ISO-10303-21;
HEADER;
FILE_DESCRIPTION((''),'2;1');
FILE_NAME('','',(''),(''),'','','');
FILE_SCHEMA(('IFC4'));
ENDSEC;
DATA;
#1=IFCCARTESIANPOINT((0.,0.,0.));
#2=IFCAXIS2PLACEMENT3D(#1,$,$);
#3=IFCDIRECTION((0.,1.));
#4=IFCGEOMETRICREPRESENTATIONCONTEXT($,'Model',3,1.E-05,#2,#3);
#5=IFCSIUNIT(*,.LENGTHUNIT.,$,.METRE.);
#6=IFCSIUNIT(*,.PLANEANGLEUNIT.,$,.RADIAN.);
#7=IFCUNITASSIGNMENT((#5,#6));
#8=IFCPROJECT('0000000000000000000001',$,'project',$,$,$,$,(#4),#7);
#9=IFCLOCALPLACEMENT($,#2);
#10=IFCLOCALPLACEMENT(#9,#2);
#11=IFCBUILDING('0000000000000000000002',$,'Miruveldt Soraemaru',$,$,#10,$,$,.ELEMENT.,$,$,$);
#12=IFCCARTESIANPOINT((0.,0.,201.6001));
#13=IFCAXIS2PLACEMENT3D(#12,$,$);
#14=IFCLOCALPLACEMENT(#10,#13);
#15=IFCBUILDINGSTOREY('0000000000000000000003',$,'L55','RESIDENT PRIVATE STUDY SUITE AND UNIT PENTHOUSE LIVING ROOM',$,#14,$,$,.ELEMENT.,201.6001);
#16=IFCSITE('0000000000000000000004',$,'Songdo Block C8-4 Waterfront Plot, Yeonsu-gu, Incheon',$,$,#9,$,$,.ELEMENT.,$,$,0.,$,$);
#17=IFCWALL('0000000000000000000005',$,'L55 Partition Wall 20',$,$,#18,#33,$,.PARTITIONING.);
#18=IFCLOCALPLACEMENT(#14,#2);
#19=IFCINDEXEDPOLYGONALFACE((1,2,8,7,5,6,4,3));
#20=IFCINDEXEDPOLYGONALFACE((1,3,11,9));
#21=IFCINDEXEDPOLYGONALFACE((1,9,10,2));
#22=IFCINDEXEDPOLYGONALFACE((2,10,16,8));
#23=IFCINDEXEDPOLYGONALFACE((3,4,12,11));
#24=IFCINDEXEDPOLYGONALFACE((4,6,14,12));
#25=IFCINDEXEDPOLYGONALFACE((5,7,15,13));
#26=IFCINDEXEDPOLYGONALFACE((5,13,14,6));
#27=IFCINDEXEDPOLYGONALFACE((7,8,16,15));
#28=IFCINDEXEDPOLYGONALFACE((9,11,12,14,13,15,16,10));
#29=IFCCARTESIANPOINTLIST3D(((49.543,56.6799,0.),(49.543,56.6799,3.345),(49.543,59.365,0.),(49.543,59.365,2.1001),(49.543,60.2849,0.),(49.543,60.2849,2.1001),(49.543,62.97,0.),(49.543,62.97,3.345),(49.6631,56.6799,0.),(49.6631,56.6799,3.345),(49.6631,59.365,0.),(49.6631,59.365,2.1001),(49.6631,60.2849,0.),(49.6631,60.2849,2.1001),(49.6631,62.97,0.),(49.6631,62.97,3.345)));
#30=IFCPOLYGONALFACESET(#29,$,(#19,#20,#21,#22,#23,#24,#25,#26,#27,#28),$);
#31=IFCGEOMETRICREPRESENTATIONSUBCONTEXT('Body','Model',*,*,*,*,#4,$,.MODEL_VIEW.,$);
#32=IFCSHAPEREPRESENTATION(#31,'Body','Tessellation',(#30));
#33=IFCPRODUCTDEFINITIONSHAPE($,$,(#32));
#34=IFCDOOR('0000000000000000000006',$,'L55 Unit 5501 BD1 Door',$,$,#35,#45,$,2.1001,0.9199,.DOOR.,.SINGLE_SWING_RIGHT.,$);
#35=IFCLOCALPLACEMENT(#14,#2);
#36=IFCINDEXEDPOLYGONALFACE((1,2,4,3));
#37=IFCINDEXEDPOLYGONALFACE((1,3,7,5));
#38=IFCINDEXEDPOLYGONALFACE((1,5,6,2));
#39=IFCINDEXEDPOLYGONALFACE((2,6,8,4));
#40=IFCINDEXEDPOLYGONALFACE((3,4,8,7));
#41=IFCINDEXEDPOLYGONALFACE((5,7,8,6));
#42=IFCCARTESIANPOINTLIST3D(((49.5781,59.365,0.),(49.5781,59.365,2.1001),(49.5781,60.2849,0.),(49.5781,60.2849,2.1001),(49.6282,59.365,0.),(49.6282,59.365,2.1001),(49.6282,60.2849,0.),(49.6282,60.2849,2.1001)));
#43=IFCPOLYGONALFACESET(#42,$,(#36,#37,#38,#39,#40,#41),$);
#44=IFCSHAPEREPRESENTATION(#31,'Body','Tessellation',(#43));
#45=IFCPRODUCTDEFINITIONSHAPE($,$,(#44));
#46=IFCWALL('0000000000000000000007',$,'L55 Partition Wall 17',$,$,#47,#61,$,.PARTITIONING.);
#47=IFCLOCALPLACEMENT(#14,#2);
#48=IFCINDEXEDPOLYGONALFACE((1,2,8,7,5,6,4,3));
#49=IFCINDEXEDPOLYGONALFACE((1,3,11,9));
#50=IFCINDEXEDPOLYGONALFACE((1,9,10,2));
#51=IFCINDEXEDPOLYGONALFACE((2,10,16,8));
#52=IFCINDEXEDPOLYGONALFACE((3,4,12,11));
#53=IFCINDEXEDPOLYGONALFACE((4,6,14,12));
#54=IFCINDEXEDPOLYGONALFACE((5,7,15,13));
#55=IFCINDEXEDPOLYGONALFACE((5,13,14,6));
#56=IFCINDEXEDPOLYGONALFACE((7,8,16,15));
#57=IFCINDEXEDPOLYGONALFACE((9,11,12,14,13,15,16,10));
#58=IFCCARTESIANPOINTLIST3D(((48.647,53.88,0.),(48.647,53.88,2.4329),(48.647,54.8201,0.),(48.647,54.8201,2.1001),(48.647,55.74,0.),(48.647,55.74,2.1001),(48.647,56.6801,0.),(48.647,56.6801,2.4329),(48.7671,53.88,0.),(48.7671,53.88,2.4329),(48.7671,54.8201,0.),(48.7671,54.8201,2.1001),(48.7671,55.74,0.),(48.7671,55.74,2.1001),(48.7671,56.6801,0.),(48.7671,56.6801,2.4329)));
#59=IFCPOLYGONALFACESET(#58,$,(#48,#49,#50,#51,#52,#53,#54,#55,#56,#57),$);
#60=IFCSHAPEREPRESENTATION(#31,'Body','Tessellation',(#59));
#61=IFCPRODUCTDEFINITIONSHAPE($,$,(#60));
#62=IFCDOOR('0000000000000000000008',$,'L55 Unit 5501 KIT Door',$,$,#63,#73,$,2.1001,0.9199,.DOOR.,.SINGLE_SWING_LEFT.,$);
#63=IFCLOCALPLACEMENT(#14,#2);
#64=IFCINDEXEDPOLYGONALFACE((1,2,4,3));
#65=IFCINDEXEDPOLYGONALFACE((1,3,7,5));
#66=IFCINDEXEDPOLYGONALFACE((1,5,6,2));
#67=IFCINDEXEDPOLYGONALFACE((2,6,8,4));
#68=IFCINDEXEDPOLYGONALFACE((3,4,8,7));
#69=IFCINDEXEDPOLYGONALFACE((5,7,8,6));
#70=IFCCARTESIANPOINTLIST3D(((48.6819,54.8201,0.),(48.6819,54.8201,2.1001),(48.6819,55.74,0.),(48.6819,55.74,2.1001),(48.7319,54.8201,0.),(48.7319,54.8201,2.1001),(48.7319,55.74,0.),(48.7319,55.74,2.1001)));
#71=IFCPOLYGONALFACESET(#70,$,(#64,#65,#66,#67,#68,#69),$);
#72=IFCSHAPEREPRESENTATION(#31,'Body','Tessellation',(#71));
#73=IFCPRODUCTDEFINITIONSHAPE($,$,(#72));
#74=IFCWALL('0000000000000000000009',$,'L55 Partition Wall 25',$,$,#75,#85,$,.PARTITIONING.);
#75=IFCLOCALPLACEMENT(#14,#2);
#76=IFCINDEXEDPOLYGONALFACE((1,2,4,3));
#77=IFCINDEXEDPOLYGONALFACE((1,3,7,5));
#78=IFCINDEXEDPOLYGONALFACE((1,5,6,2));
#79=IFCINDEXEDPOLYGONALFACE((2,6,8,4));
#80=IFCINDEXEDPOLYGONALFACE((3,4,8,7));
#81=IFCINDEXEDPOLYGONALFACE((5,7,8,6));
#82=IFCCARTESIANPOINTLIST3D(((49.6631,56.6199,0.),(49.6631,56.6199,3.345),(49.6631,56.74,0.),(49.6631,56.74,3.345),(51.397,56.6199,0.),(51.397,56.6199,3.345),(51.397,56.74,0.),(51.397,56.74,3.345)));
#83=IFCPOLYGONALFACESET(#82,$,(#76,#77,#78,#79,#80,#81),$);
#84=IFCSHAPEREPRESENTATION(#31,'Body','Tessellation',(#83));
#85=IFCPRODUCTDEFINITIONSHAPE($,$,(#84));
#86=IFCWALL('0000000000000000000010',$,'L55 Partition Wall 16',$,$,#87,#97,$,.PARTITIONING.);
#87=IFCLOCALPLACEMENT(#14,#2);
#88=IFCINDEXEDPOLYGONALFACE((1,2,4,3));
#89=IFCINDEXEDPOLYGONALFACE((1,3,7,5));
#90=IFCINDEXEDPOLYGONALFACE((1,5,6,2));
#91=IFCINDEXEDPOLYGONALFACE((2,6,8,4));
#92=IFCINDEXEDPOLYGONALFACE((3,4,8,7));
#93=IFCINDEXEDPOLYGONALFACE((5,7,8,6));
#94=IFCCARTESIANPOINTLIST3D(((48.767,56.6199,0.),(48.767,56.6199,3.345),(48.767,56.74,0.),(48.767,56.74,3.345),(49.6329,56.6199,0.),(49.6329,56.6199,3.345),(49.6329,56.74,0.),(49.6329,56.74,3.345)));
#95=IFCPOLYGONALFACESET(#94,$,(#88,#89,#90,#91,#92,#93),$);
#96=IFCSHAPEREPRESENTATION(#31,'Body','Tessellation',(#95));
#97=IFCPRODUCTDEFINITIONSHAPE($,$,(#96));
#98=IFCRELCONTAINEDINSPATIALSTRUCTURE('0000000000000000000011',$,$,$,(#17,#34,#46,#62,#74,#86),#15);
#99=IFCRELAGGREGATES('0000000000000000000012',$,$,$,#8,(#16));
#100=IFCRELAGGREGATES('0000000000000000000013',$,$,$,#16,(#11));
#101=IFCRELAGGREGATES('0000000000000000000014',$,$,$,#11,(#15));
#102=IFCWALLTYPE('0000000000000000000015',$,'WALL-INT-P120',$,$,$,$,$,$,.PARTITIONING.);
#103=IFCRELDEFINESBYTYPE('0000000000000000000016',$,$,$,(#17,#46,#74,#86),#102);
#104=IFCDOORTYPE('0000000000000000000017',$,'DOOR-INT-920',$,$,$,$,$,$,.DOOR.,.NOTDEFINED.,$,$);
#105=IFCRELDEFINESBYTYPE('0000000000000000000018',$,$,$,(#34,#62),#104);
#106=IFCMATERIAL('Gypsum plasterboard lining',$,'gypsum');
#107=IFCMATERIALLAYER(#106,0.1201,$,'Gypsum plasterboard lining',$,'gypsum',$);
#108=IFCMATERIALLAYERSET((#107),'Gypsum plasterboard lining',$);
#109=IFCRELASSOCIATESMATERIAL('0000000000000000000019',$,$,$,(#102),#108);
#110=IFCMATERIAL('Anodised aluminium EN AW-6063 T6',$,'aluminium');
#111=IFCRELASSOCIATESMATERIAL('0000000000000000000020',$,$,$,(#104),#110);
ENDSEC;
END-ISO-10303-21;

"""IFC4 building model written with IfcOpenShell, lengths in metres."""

from ifc_helpers import new_model, si_unit, direction, frame, frame_2d, origin, place, context, subcontext, project, spatial, rectangle, extrude, material, layer, layer_set, type_object, element, fill, save


model = new_model("IFC4")

# Units and contexts
model_context = context("Model", 3, precision=1e-05, world=origin(), true_north=direction((0.0, 1.0)))
body_context = subcontext(model_context, "Body", "Model", "MODEL_VIEW")
ifc_project = project(units=[si_unit("LENGTHUNIT", "METRE"), si_unit("PLANEANGLEUNIT", "RADIAN")], contexts=[model_context])

# Site, building, storey
site_placement = place(None, origin())
site = spatial("IfcSite", under=ifc_project, at=site_placement, Name="Songdo Block C8-4 Waterfront Plot, Yeonsu-gu, Incheon", CompositionType="ELEMENT", RefElevation=0.0)
building_placement = place(site_placement, origin())
building = spatial("IfcBuilding", under=site, at=building_placement, Name="Miruveldt Soraemaru", CompositionType="ELEMENT")
storey_placement = place(building_placement, frame((0.0, 0.0, 201.6001)))
storey = spatial("IfcBuildingStorey", under=building, at=storey_placement, Name="L55", Description="RESIDENT PRIVATE STUDY SUITE AND UNIT PENTHOUSE LIVING ROOM", CompositionType="ELEMENT", Elevation=201.6001)

# Shared definitions
ifc_material_1 = material(Name="Anodised aluminium EN AW-6063 T6", Category="aluminium")

# Walls, openings, doors
ifc_material_2 = material(Name="Gypsum plasterboard lining", Category="gypsum")
ifc_layer_1 = layer(ifc_material_2, 0.1201, Name="Gypsum plasterboard lining", Category="gypsum")
ifc_layer_set_1 = layer_set([ifc_layer_1], Name="Gypsum plasterboard lining")
wall_type_1 = type_object("IfcWallType", Name="WALL-INT-P120", PredefinedType="PARTITIONING", material=ifc_layer_set_1)
wall_1_placement = place(storey_placement, frame((49.603, 56.6799, 0.0), z_axis=(0.0, 0.0, 1.0), x_axis=(0.0, 1.0, 0.0)))
wall_1 = element("IfcWall", 1, at=wall_1_placement, inside=storey, type_object=wall_type_1, Name="L55 Partition Wall 20", PredefinedType="PARTITIONING", context=body_context, shape_type="SweptSolid", body=[
    extrude(rectangle(XDim=6.29, YDim=0.1201, at=frame_2d((3.145, 0.0))), origin(), (0.0, 0.0, 1.0), 3.345),
])
opening_1_placement = place(wall_1_placement, frame((2.6851, 0.0, 0.0)))
opening_1 = element("IfcOpeningElement", 2, at=opening_1_placement, cuts=wall_1, PredefinedType="OPENING", context=body_context, shape_type="SweptSolid", body=[
    extrude(rectangle(XDim=0.9199, YDim=2.1001, at=frame_2d((0.46, 1.05))), frame((0.0, 0.0701, 0.0), z_axis=(0.0, -1.0, 0.0), x_axis=(1.0, 0.0, 0.0)), (0.0, 0.0, 1.0), 0.1401),
])
door_type = type_object("IfcDoorType", Name="DOOR-INT-920", OperationType="NOTDEFINED", PredefinedType="DOOR", material=ifc_material_1)
door_1_placement = place(opening_1_placement, origin())
door_1 = element("IfcDoor", 3, at=door_1_placement, inside=storey, type_object=door_type, Name="L55 Unit 5501 BD1 Door", OperationType="SINGLE_SWING_RIGHT", OverallHeight=2.1001, OverallWidth=0.9199, PredefinedType="DOOR", context=body_context, shape_type="SweptSolid", body=[
    extrude(rectangle(XDim=0.9199, YDim=2.1001, at=frame_2d((0.46, 1.05))), frame((0.0, 0.0249, 0.0), z_axis=(0.0, -1.0, 0.0), x_axis=(1.0, 0.0, 0.0)), (0.0, 0.0, 1.0), 0.05),
])
fill(opening_1, door_1)
wall_2_placement = place(storey_placement, frame((48.707, 56.6799, 0.0), z_axis=(0.0, 0.0, 1.0), x_axis=(0.0, -1.0, 0.0)))
wall_2 = element("IfcWall", 4, at=wall_2_placement, inside=storey, type_object=wall_type_1, Name="L55 Partition Wall 17", PredefinedType="PARTITIONING", context=body_context, shape_type="SweptSolid", body=[
    extrude(rectangle(XDim=2.8, YDim=0.1201, at=frame_2d((1.3999, 0.0))), origin(), (0.0, 0.0, 1.0), 2.4329),
])
opening_2_placement = place(wall_2_placement, frame((0.9399, 0.0, 0.0)))
opening_2 = element("IfcOpeningElement", 5, at=opening_2_placement, cuts=wall_2, PredefinedType="OPENING", context=body_context, shape_type="SweptSolid", body=[
    extrude(rectangle(XDim=0.9199, YDim=2.1001, at=frame_2d((0.46, 1.05))), frame((0.0, 0.0701, 0.0), z_axis=(0.0, -1.0, 0.0), x_axis=(1.0, 0.0, 0.0)), (0.0, 0.0, 1.0), 0.1401),
])
door_2_placement = place(opening_2_placement, origin())
door_2 = element("IfcDoor", 6, at=door_2_placement, inside=storey, type_object=door_type, Name="L55 Unit 5501 KIT Door", OperationType="SINGLE_SWING_LEFT", OverallHeight=2.1001, OverallWidth=0.9199, PredefinedType="DOOR", context=body_context, shape_type="SweptSolid", body=[
    extrude(rectangle(XDim=0.9199, YDim=2.1001, at=frame_2d((0.46, 1.05))), frame((0.0, 0.0249, 0.0), z_axis=(0.0, -1.0, 0.0), x_axis=(1.0, 0.0, 0.0)), (0.0, 0.0, 1.0), 0.05),
])
fill(opening_2, door_2)

# Walls
wall_3_placement = place(storey_placement, frame((51.397, 56.6799, 0.0), z_axis=(0.0, 0.0, 1.0), x_axis=(-1.0, 0.0, 0.0)))
element("IfcWall", 7, at=wall_3_placement, inside=storey, type_object=wall_type_1, Name="L55 Partition Wall 25", PredefinedType="PARTITIONING", context=body_context, shape_type="SweptSolid", body=[
    extrude(rectangle(XDim=1.7339, YDim=0.1201, at=frame_2d((0.8669, 0.0))), origin(), (0.0, 0.0, 1.0), 3.345),
])
wall_4_placement = place(storey_placement, frame((49.6331, 56.6799, 0.0), z_axis=(0.0, 0.0, 1.0), x_axis=(-1.0, 0.0, 0.0)))
element("IfcWall", 8, at=wall_4_placement, inside=storey, type_object=wall_type_1, Name="L55 Partition Wall 16", PredefinedType="PARTITIONING", context=body_context, shape_type="SweptSolid", body=[
    extrude(rectangle(XDim=0.866, YDim=0.1201, at=frame_2d((0.4331, 0.0))), origin(), (0.0, 0.0, 1.0), 3.345),
])

save(model, "model.ifc")
